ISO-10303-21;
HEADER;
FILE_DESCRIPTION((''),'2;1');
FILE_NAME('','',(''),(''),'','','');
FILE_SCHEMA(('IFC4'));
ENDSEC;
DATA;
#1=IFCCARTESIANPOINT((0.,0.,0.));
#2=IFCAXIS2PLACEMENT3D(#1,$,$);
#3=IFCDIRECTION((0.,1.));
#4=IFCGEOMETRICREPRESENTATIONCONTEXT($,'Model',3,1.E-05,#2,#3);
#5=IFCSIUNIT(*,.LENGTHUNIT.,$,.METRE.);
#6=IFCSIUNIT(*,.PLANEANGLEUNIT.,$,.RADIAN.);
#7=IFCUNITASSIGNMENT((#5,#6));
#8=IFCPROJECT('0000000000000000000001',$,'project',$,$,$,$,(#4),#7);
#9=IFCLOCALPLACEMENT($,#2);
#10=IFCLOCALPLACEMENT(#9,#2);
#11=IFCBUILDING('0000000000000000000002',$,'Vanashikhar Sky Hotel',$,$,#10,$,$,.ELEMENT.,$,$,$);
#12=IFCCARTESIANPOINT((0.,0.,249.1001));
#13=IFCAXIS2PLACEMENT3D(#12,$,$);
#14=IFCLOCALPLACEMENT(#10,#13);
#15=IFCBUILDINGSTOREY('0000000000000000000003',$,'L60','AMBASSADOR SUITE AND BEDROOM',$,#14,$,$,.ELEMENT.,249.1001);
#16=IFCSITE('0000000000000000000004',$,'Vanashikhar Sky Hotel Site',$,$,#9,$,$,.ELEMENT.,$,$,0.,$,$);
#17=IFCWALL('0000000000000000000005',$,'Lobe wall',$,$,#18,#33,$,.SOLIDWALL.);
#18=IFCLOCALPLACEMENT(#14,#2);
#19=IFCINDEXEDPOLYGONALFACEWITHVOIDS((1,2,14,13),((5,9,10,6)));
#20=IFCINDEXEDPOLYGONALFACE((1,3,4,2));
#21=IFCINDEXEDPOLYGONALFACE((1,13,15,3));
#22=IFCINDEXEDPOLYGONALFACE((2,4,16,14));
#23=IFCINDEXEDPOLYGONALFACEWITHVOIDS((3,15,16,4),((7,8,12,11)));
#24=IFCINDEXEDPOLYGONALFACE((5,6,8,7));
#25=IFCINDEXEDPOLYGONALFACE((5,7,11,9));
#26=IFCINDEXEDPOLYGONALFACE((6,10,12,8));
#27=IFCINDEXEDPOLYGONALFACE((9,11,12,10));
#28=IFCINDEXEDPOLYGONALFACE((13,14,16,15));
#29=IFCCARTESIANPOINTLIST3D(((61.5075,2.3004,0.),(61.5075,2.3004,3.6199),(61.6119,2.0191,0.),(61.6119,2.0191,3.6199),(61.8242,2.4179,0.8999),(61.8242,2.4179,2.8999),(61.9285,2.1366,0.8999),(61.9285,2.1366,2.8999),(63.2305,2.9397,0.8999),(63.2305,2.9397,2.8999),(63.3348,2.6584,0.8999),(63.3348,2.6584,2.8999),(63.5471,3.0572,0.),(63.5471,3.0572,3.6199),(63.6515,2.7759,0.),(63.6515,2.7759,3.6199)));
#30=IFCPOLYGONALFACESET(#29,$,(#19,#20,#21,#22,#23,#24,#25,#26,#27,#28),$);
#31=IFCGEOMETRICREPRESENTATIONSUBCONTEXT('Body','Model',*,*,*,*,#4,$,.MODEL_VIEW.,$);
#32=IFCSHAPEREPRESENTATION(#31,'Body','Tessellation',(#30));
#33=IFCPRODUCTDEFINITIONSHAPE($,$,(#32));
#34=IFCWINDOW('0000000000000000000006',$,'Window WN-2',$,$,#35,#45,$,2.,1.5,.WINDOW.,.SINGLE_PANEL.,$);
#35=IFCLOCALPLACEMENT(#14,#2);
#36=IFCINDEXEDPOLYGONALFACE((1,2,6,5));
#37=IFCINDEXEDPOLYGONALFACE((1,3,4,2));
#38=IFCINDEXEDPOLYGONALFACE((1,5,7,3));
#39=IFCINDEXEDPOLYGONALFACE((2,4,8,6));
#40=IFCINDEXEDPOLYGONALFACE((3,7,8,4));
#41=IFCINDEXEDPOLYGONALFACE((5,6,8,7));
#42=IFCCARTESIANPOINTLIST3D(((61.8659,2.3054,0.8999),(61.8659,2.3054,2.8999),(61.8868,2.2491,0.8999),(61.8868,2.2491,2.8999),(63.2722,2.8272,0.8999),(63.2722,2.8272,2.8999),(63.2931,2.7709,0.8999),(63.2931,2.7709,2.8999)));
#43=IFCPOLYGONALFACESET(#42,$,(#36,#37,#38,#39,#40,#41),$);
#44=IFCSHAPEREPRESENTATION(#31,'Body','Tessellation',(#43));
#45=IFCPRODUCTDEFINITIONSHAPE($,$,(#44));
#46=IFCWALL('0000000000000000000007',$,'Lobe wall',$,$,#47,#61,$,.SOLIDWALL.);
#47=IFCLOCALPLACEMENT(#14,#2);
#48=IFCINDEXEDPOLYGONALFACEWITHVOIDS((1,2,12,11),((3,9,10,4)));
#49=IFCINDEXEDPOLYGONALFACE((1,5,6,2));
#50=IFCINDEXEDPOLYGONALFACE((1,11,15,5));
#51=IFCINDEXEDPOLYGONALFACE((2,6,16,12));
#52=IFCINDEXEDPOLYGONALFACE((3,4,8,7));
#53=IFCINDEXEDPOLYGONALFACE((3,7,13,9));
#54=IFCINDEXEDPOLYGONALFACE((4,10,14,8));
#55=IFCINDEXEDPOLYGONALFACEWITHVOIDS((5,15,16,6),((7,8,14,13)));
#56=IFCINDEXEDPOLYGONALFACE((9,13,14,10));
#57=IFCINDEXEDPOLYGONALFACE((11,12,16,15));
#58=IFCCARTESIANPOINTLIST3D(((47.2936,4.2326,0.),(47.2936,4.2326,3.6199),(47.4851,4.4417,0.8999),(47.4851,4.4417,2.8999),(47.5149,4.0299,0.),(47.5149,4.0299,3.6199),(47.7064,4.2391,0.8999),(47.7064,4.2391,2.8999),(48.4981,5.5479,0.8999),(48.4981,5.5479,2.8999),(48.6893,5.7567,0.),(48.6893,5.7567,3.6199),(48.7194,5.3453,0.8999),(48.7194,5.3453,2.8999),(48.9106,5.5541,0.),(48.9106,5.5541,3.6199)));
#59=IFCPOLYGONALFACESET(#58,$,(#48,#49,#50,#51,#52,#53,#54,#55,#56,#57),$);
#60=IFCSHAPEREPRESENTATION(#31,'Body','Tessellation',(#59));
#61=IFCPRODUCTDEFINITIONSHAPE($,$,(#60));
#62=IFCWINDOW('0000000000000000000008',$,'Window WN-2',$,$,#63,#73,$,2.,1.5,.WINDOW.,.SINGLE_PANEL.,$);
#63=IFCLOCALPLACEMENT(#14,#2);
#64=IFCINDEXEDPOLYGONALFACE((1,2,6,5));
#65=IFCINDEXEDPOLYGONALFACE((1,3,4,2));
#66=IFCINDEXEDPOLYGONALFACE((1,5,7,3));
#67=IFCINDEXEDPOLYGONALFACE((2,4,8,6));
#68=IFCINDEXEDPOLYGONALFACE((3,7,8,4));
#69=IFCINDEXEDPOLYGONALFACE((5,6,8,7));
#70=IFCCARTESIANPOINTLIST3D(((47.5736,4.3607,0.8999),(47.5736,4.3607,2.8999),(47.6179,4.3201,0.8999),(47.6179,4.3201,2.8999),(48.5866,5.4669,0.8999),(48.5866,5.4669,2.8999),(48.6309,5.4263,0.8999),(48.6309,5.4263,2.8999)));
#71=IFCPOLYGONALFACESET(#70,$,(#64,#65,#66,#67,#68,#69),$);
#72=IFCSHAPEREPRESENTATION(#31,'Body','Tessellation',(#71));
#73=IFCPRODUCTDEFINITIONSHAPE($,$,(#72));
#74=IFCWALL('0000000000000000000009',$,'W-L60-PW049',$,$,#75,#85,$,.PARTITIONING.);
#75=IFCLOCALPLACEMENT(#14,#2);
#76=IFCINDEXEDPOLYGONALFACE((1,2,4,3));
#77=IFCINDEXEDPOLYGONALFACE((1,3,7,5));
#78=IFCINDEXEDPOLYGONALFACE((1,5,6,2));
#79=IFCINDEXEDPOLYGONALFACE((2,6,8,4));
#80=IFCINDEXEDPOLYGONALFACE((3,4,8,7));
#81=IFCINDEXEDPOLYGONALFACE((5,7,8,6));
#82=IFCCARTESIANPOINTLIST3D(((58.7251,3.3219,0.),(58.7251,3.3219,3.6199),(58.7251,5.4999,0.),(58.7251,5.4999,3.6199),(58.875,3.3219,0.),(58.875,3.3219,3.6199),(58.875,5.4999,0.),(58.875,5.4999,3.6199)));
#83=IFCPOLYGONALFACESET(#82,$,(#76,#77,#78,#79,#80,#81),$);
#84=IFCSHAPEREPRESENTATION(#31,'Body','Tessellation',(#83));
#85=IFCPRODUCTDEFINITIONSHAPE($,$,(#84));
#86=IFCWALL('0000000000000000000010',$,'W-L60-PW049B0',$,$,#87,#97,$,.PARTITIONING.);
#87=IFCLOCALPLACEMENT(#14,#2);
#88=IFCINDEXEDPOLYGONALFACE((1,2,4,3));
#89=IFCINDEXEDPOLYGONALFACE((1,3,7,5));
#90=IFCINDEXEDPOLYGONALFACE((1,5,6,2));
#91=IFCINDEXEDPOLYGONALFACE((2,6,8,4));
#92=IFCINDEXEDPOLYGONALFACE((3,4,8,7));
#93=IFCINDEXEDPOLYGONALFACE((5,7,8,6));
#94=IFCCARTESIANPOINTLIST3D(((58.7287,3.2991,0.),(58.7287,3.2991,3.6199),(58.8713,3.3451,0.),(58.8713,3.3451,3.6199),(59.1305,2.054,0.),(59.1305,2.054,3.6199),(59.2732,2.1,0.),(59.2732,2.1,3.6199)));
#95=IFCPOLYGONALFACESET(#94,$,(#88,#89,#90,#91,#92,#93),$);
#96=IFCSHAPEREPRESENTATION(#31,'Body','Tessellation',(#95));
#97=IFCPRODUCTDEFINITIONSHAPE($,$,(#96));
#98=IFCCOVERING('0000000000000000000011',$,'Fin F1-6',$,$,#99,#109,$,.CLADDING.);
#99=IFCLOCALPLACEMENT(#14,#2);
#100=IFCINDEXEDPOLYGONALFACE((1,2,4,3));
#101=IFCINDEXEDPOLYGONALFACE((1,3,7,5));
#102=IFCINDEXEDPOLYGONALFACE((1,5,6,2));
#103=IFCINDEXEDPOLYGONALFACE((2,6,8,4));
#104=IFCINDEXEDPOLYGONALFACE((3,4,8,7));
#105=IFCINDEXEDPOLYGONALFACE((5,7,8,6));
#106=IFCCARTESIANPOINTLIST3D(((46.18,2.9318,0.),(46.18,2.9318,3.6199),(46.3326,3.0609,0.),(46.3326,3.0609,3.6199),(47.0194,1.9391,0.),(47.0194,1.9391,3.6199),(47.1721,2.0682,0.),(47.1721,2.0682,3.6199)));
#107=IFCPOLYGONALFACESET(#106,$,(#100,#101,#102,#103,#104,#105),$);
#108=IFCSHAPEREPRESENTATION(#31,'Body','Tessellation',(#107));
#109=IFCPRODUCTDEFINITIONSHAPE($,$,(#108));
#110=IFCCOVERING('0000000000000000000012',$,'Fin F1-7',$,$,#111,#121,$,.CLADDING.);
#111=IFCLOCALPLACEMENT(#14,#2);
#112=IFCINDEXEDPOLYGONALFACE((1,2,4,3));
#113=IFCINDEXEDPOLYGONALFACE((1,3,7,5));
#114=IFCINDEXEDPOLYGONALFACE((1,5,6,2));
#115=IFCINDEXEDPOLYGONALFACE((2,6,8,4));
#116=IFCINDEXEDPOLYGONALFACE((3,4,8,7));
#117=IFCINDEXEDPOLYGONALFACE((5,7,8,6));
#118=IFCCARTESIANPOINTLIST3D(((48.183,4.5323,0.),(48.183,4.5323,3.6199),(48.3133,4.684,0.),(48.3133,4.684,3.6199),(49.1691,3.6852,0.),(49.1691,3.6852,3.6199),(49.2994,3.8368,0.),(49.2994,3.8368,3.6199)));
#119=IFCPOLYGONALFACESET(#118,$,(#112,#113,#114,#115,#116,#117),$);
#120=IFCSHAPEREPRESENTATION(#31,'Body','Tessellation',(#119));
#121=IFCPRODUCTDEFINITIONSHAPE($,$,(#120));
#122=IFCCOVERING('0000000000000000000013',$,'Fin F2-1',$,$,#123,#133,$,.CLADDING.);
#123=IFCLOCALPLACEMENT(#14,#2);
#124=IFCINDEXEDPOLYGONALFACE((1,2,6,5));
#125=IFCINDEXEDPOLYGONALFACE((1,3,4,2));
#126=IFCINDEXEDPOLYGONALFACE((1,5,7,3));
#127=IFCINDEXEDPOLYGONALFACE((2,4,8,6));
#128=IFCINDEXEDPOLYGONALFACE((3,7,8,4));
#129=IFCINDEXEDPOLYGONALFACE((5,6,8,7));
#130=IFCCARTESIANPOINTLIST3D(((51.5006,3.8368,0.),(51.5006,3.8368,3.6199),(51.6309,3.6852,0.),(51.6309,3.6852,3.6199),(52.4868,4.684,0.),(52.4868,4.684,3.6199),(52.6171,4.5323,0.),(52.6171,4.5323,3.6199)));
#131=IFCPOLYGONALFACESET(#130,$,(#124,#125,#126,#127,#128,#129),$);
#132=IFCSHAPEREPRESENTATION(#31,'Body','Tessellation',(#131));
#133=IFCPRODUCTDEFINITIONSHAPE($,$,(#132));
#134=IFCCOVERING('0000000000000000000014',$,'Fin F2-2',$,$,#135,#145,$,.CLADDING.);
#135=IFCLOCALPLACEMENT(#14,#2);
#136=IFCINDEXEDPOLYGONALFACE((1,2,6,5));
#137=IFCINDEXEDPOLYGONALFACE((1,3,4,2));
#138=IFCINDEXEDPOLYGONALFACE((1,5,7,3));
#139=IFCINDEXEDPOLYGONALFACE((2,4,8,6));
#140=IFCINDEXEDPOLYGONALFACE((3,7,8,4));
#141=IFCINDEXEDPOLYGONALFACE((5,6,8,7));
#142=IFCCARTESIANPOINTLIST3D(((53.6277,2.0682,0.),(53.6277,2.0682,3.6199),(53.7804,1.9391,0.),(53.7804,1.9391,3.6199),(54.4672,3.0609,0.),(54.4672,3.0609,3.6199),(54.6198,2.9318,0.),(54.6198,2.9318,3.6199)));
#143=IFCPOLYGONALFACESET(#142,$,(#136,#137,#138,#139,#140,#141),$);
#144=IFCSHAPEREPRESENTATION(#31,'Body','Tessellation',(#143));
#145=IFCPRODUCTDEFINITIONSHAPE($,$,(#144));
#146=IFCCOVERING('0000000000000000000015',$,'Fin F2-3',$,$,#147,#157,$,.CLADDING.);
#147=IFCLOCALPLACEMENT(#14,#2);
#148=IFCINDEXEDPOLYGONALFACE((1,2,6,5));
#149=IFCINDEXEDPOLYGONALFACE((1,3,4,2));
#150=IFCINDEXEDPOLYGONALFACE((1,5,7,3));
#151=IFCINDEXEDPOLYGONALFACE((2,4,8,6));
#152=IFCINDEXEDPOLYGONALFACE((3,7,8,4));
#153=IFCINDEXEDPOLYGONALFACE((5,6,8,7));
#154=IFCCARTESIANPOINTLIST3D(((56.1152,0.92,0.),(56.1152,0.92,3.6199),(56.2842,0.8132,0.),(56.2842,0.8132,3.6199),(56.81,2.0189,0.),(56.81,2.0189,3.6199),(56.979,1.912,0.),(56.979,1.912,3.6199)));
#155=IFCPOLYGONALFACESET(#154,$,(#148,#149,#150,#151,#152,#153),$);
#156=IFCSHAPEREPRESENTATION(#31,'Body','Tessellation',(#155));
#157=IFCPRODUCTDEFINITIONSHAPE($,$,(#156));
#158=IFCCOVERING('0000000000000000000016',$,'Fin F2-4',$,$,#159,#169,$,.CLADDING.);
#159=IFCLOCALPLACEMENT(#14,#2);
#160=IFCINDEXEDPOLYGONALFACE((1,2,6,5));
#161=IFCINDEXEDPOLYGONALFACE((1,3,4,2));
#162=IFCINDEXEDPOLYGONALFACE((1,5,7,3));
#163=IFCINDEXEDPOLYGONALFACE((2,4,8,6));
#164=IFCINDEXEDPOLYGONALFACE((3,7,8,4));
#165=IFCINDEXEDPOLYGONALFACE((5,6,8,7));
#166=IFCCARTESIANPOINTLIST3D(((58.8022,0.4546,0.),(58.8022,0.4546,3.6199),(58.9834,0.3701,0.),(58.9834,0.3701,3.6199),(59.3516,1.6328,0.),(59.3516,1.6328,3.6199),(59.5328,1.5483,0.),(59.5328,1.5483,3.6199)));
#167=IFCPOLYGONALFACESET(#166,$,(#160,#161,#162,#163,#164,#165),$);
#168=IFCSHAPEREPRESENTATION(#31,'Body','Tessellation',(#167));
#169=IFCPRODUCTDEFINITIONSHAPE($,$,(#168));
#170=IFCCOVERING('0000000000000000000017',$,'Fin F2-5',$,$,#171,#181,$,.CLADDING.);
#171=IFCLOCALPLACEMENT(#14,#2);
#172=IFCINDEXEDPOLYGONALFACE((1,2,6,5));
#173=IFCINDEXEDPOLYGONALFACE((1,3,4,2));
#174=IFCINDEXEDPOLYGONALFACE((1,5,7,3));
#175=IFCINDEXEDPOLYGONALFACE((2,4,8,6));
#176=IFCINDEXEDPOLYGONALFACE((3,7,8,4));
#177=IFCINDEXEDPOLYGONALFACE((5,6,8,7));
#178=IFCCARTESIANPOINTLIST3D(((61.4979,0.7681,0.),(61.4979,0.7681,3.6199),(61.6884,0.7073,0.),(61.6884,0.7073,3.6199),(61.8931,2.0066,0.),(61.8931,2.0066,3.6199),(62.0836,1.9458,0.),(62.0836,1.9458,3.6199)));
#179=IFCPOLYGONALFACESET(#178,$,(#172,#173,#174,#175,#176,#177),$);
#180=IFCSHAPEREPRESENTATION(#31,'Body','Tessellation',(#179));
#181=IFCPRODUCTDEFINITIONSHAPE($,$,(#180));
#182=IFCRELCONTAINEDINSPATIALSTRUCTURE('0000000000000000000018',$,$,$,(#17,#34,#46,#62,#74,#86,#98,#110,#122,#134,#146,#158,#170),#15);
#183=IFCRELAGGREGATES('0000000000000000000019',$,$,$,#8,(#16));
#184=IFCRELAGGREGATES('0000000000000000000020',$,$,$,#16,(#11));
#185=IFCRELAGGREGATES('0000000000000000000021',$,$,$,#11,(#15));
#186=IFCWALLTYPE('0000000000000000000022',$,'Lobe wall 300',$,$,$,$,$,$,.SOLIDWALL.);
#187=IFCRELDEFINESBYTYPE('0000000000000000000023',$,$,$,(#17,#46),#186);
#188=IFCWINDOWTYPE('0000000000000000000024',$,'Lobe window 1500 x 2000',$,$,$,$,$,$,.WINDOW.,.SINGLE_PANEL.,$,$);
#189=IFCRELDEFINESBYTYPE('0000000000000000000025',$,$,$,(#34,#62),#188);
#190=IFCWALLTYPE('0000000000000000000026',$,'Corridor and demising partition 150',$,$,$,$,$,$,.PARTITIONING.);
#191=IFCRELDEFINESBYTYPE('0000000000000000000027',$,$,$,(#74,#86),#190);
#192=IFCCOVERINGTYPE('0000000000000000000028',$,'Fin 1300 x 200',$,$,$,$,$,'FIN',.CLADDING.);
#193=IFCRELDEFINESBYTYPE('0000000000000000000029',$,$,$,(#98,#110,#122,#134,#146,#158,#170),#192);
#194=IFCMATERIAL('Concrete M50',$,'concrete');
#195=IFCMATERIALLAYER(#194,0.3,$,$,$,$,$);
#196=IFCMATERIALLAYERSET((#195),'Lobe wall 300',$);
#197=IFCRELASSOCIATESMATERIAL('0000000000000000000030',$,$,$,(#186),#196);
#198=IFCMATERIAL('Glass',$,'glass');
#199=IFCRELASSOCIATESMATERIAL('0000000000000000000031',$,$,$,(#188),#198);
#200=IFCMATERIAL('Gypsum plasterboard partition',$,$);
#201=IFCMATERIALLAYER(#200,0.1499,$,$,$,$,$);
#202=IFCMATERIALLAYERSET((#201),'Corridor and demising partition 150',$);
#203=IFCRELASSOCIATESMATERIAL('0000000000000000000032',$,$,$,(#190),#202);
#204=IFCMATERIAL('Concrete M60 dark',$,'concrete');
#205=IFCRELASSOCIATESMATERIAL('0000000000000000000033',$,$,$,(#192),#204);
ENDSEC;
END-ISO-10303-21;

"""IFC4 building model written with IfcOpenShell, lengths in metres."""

from ifc_helpers import new_model, si_unit, direction, frame, frame_2d, origin, origin_2d, place, context, subcontext, project, spatial, rectangle, extrude, source, transform, mapped, material, layer, layer_set, material_profile, profile_set, type_object, element, fill, save


model = new_model("IFC4")

# Units and contexts
model_context = context("Model", 3, precision=1e-05, world=origin(), true_north=direction((0.0, 1.0)))
body_context = subcontext(model_context, "Body", "Model", "MODEL_VIEW")
ifc_project = project(units=[si_unit("LENGTHUNIT", "METRE"), si_unit("PLANEANGLEUNIT", "RADIAN")], contexts=[model_context])

# Site, building, storey
site_placement = place(None, origin())
site = spatial("IfcSite", under=ifc_project, at=site_placement, Name="Vanashikhar Sky Hotel Site", CompositionType="ELEMENT", RefElevation=0.0)
building_placement = place(site_placement, origin())
building = spatial("IfcBuilding", under=site, at=building_placement, Name="Vanashikhar Sky Hotel", CompositionType="ELEMENT")
storey_placement = place(building_placement, frame((0.0, 0.0, 249.1001)))
storey = spatial("IfcBuildingStorey", under=building, at=storey_placement, Name="L60", Description="AMBASSADOR SUITE AND BEDROOM", CompositionType="ELEMENT", Elevation=249.1001)

# Walls, openings, windows
ifc_material_1 = material(Name="Concrete M50", Category="concrete")
ifc_layer_1 = layer(ifc_material_1, 0.3)
ifc_layer_set_1 = layer_set([ifc_layer_1], Name="Lobe wall 300")
wall_type_1 = type_object("IfcWallType", Name="Lobe wall 300", PredefinedType="SOLIDWALL", material=ifc_layer_set_1)
shared_shape_1 = source(origin(), body_context, "Body", "SweptSolid", [
    extrude(rectangle(XDim=1.5, YDim=2.0, at=frame_2d((0.75, 1.0))), frame((0.0, 0.1602, 0.0), z_axis=(0.0, -1.0, 0.0), x_axis=(1.0, 0.0, 0.0)), (0.0, 0.0, 1.0), 0.3201),
])
ifc_material_2 = material(Name="Glass", Category="glass")
window_type = type_object("IfcWindowType", Name="Lobe window 1500 x 2000", PartitioningType="SINGLE_PANEL", PredefinedType="WINDOW", material=ifc_material_2)
shared_shape_2 = source(origin(), body_context, "Body", "SweptSolid", [
    extrude(rectangle(XDim=1.5, YDim=2.0, at=frame_2d((0.75, 1.0))), frame((0.0, 0.03, 0.0), z_axis=(0.0, -1.0, 0.0), x_axis=(1.0, 0.0, 0.0)), (0.0, 0.0, 1.0), 0.0601),
])
shared_shape_3 = source(origin(), body_context, "Body", "SweptSolid", [
    extrude(rectangle(XDim=2.1755, YDim=0.3, at=frame_2d((1.0879, 0.0))), origin(), (0.0, 0.0, 1.0), 3.6199),
])
wall_1_placement = place(storey_placement, frame((61.5596, 2.1597, 0.0), z_axis=(0.0, 0.0, 1.0), x_axis=(0.937532, 0.347899, 0.0)))
wall_1 = element("IfcWall", 1, at=wall_1_placement, inside=storey, type_object=wall_type_1, Name="Lobe wall", PredefinedType="SOLIDWALL", context=body_context, shape_type="MappedRepresentation", body=[
    mapped(shared_shape_3, transform((0.0, 0.0, 0.0), scale=1.0)),
])
opening_1_placement = place(wall_1_placement, frame((0.3379, 0.0, 0.8999)))
opening_1 = element("IfcOpeningElement", 2, at=opening_1_placement, cuts=wall_1, PredefinedType="OPENING", context=body_context, shape_type="MappedRepresentation", body=[
    mapped(shared_shape_1, transform((0.0, 0.0, 0.0), scale=1.0)),
])
window_1_placement = place(opening_1_placement, origin())
window_1 = element("IfcWindow", 3, at=window_1_placement, inside=storey, type_object=window_type, Name="Window WN-2", OverallHeight=2.0, OverallWidth=1.5, PartitioningType="SINGLE_PANEL", PredefinedType="WINDOW", context=body_context, shape_type="MappedRepresentation", body=[
    mapped(shared_shape_2, transform((0.0, 0.0, 0.0), scale=1.0)),
])
fill(opening_1, window_1)
shared_shape_4 = source(origin(), body_context, "Body", "SweptSolid", [
    extrude(rectangle(XDim=2.0667, YDim=0.3, at=frame_2d((1.0332, 0.0))), origin(), (0.0, 0.0, 1.0), 3.6199),
])
wall_2_placement = place(storey_placement, frame((47.4043, 4.1313, 0.0), z_axis=(0.0, 0.0, 1.0), x_axis=(0.675355, 0.737492, 0.0)))
wall_2 = element("IfcWall", 4, at=wall_2_placement, inside=storey, type_object=wall_type_1, Name="Lobe wall", PredefinedType="SOLIDWALL", context=body_context, shape_type="MappedRepresentation", body=[
    mapped(shared_shape_4, transform((0.0, 0.0, 0.0), scale=1.0)),
])
opening_2_placement = place(wall_2_placement, frame((0.2834, 0.0, 0.8999)))
opening_2 = element("IfcOpeningElement", 5, at=opening_2_placement, cuts=wall_2, PredefinedType="OPENING", context=body_context, shape_type="MappedRepresentation", body=[
    mapped(shared_shape_1, transform((0.0, 0.0, 0.0), scale=1.0)),
])
window_2_placement = place(opening_2_placement, origin())
window_2 = element("IfcWindow", 6, at=window_2_placement, inside=storey, type_object=window_type, Name="Window WN-2", OverallHeight=2.0, OverallWidth=1.5, PartitioningType="SINGLE_PANEL", PredefinedType="WINDOW", context=body_context, shape_type="MappedRepresentation", body=[
    mapped(shared_shape_2, transform((0.0, 0.0, 0.0), scale=1.0)),
])
fill(opening_2, window_2)

# Walls
ifc_material_3 = material(Name="Gypsum plasterboard partition")
ifc_layer_2 = layer(ifc_material_3, 0.1499)
ifc_layer_set_2 = layer_set([ifc_layer_2], Name="Corridor and demising partition 150")
wall_type_2 = type_object("IfcWallType", Name="Corridor and demising partition 150", PredefinedType="PARTITIONING", material=ifc_layer_set_2)
shared_shape_5 = source(origin(), body_context, "Body", "SweptSolid", [
    extrude(rectangle(XDim=2.178, YDim=0.1499, at=frame_2d((1.0889, 0.0))), origin(), (0.0, 0.0, 1.0), 3.6199),
])
wall_3_placement = place(storey_placement, frame((58.8, 3.322, 0.0), z_axis=(0.0, 0.0, 1.0), x_axis=(0.0, 1.0, 0.0)))
element("IfcWall", 7, at=wall_3_placement, inside=storey, type_object=wall_type_2, Name="W-L60-PW049", PredefinedType="PARTITIONING", context=body_context, shape_type="MappedRepresentation", body=[
    mapped(shared_shape_5, transform((0.0, 0.0, 0.0), scale=1.0)),
])
shared_shape_6 = source(origin(), body_context, "Body", "SweptSolid", [
    extrude(rectangle(XDim=1.3083, YDim=0.1499, at=frame_2d((0.6543, 0.0))), origin(), (0.0, 0.0, 1.0), 3.6199),
])
wall_4_placement = place(storey_placement, frame((59.2019, 2.0769, 0.0), z_axis=(0.0, 0.0, 1.0), x_axis=(-0.307145, 0.951663, 0.0)))
element("IfcWall", 8, at=wall_4_placement, inside=storey, type_object=wall_type_2, Name="W-L60-PW049B0", PredefinedType="PARTITIONING", context=body_context, shape_type="MappedRepresentation", body=[
    mapped(shared_shape_6, transform((0.0, 0.0, 0.0), scale=1.0)),
])

# Coverings
ifc_material_4 = material(Name="Concrete M60 dark", Category="concrete")
ifc_material_profile = material_profile(ifc_material_4, rectangle(XDim=1.3, YDim=0.2, at=origin_2d()))
ifc_profile_set = profile_set([ifc_material_profile], Name="Fin 1300 x 200")
covering_type = type_object("IfcCoveringType", Name="Fin 1300 x 200", ElementType="FIN", PredefinedType="CLADDING", material=ifc_profile_set)
shared_shape_7 = source(origin(), body_context, "Body", "SweptSolid", [
    extrude(rectangle(XDim=1.3, YDim=0.2, at=origin_2d()), origin(), (0.0, 0.0, 1.0), 3.6199),
])
for number, where, z_axis, x_axis, name in (
    (9, (46.676, 2.5, 0.0), (0.0, 0.0, 1.0), (0.645698, -0.763593, 0.0), "Fin F1-6"),
    (10, (48.7412, 4.1846, 0.0), (0.0, 0.0, 1.0), (0.758544, -0.651622, 0.0), "Fin F1-7"),
    (11, (52.0588, 4.1846, 0.0), (0.0, 0.0, 1.0), (-0.758544, -0.651622, 0.0), "Fin F2-1"),
    (12, (54.1238, 2.5, 0.0), (0.0, 0.0, 1.0), (-0.645698, -0.763593, 0.0), "Fin F2-2"),
    (13, (56.5471, 1.416, 0.0), (0.0, 0.0, 1.0), (-0.534411, -0.845225, 0.0), "Fin F2-3"),
    (14, (59.1675, 1.0015, 0.0), (0.0, 0.0, 1.0), (-0.422618, -0.906308, 0.0), "Fin F2-4"),
    (15, (61.7908, 1.3569, 0.0), (0.0, 0.0, 1.0), (-0.303967, -0.952683, 0.0), "Fin F2-5"),
):
    element("IfcCovering", number, at=place(storey_placement, frame(where, z_axis=z_axis, x_axis=x_axis)), inside=storey, type_object=covering_type, Name=name, PredefinedType="CLADDING", context=body_context, shape_type="MappedRepresentation", body=[
        mapped(shared_shape_7, transform((0.0, 0.0, 0.0), scale=1.0)),
    ])

save(model, "model.ifc")
